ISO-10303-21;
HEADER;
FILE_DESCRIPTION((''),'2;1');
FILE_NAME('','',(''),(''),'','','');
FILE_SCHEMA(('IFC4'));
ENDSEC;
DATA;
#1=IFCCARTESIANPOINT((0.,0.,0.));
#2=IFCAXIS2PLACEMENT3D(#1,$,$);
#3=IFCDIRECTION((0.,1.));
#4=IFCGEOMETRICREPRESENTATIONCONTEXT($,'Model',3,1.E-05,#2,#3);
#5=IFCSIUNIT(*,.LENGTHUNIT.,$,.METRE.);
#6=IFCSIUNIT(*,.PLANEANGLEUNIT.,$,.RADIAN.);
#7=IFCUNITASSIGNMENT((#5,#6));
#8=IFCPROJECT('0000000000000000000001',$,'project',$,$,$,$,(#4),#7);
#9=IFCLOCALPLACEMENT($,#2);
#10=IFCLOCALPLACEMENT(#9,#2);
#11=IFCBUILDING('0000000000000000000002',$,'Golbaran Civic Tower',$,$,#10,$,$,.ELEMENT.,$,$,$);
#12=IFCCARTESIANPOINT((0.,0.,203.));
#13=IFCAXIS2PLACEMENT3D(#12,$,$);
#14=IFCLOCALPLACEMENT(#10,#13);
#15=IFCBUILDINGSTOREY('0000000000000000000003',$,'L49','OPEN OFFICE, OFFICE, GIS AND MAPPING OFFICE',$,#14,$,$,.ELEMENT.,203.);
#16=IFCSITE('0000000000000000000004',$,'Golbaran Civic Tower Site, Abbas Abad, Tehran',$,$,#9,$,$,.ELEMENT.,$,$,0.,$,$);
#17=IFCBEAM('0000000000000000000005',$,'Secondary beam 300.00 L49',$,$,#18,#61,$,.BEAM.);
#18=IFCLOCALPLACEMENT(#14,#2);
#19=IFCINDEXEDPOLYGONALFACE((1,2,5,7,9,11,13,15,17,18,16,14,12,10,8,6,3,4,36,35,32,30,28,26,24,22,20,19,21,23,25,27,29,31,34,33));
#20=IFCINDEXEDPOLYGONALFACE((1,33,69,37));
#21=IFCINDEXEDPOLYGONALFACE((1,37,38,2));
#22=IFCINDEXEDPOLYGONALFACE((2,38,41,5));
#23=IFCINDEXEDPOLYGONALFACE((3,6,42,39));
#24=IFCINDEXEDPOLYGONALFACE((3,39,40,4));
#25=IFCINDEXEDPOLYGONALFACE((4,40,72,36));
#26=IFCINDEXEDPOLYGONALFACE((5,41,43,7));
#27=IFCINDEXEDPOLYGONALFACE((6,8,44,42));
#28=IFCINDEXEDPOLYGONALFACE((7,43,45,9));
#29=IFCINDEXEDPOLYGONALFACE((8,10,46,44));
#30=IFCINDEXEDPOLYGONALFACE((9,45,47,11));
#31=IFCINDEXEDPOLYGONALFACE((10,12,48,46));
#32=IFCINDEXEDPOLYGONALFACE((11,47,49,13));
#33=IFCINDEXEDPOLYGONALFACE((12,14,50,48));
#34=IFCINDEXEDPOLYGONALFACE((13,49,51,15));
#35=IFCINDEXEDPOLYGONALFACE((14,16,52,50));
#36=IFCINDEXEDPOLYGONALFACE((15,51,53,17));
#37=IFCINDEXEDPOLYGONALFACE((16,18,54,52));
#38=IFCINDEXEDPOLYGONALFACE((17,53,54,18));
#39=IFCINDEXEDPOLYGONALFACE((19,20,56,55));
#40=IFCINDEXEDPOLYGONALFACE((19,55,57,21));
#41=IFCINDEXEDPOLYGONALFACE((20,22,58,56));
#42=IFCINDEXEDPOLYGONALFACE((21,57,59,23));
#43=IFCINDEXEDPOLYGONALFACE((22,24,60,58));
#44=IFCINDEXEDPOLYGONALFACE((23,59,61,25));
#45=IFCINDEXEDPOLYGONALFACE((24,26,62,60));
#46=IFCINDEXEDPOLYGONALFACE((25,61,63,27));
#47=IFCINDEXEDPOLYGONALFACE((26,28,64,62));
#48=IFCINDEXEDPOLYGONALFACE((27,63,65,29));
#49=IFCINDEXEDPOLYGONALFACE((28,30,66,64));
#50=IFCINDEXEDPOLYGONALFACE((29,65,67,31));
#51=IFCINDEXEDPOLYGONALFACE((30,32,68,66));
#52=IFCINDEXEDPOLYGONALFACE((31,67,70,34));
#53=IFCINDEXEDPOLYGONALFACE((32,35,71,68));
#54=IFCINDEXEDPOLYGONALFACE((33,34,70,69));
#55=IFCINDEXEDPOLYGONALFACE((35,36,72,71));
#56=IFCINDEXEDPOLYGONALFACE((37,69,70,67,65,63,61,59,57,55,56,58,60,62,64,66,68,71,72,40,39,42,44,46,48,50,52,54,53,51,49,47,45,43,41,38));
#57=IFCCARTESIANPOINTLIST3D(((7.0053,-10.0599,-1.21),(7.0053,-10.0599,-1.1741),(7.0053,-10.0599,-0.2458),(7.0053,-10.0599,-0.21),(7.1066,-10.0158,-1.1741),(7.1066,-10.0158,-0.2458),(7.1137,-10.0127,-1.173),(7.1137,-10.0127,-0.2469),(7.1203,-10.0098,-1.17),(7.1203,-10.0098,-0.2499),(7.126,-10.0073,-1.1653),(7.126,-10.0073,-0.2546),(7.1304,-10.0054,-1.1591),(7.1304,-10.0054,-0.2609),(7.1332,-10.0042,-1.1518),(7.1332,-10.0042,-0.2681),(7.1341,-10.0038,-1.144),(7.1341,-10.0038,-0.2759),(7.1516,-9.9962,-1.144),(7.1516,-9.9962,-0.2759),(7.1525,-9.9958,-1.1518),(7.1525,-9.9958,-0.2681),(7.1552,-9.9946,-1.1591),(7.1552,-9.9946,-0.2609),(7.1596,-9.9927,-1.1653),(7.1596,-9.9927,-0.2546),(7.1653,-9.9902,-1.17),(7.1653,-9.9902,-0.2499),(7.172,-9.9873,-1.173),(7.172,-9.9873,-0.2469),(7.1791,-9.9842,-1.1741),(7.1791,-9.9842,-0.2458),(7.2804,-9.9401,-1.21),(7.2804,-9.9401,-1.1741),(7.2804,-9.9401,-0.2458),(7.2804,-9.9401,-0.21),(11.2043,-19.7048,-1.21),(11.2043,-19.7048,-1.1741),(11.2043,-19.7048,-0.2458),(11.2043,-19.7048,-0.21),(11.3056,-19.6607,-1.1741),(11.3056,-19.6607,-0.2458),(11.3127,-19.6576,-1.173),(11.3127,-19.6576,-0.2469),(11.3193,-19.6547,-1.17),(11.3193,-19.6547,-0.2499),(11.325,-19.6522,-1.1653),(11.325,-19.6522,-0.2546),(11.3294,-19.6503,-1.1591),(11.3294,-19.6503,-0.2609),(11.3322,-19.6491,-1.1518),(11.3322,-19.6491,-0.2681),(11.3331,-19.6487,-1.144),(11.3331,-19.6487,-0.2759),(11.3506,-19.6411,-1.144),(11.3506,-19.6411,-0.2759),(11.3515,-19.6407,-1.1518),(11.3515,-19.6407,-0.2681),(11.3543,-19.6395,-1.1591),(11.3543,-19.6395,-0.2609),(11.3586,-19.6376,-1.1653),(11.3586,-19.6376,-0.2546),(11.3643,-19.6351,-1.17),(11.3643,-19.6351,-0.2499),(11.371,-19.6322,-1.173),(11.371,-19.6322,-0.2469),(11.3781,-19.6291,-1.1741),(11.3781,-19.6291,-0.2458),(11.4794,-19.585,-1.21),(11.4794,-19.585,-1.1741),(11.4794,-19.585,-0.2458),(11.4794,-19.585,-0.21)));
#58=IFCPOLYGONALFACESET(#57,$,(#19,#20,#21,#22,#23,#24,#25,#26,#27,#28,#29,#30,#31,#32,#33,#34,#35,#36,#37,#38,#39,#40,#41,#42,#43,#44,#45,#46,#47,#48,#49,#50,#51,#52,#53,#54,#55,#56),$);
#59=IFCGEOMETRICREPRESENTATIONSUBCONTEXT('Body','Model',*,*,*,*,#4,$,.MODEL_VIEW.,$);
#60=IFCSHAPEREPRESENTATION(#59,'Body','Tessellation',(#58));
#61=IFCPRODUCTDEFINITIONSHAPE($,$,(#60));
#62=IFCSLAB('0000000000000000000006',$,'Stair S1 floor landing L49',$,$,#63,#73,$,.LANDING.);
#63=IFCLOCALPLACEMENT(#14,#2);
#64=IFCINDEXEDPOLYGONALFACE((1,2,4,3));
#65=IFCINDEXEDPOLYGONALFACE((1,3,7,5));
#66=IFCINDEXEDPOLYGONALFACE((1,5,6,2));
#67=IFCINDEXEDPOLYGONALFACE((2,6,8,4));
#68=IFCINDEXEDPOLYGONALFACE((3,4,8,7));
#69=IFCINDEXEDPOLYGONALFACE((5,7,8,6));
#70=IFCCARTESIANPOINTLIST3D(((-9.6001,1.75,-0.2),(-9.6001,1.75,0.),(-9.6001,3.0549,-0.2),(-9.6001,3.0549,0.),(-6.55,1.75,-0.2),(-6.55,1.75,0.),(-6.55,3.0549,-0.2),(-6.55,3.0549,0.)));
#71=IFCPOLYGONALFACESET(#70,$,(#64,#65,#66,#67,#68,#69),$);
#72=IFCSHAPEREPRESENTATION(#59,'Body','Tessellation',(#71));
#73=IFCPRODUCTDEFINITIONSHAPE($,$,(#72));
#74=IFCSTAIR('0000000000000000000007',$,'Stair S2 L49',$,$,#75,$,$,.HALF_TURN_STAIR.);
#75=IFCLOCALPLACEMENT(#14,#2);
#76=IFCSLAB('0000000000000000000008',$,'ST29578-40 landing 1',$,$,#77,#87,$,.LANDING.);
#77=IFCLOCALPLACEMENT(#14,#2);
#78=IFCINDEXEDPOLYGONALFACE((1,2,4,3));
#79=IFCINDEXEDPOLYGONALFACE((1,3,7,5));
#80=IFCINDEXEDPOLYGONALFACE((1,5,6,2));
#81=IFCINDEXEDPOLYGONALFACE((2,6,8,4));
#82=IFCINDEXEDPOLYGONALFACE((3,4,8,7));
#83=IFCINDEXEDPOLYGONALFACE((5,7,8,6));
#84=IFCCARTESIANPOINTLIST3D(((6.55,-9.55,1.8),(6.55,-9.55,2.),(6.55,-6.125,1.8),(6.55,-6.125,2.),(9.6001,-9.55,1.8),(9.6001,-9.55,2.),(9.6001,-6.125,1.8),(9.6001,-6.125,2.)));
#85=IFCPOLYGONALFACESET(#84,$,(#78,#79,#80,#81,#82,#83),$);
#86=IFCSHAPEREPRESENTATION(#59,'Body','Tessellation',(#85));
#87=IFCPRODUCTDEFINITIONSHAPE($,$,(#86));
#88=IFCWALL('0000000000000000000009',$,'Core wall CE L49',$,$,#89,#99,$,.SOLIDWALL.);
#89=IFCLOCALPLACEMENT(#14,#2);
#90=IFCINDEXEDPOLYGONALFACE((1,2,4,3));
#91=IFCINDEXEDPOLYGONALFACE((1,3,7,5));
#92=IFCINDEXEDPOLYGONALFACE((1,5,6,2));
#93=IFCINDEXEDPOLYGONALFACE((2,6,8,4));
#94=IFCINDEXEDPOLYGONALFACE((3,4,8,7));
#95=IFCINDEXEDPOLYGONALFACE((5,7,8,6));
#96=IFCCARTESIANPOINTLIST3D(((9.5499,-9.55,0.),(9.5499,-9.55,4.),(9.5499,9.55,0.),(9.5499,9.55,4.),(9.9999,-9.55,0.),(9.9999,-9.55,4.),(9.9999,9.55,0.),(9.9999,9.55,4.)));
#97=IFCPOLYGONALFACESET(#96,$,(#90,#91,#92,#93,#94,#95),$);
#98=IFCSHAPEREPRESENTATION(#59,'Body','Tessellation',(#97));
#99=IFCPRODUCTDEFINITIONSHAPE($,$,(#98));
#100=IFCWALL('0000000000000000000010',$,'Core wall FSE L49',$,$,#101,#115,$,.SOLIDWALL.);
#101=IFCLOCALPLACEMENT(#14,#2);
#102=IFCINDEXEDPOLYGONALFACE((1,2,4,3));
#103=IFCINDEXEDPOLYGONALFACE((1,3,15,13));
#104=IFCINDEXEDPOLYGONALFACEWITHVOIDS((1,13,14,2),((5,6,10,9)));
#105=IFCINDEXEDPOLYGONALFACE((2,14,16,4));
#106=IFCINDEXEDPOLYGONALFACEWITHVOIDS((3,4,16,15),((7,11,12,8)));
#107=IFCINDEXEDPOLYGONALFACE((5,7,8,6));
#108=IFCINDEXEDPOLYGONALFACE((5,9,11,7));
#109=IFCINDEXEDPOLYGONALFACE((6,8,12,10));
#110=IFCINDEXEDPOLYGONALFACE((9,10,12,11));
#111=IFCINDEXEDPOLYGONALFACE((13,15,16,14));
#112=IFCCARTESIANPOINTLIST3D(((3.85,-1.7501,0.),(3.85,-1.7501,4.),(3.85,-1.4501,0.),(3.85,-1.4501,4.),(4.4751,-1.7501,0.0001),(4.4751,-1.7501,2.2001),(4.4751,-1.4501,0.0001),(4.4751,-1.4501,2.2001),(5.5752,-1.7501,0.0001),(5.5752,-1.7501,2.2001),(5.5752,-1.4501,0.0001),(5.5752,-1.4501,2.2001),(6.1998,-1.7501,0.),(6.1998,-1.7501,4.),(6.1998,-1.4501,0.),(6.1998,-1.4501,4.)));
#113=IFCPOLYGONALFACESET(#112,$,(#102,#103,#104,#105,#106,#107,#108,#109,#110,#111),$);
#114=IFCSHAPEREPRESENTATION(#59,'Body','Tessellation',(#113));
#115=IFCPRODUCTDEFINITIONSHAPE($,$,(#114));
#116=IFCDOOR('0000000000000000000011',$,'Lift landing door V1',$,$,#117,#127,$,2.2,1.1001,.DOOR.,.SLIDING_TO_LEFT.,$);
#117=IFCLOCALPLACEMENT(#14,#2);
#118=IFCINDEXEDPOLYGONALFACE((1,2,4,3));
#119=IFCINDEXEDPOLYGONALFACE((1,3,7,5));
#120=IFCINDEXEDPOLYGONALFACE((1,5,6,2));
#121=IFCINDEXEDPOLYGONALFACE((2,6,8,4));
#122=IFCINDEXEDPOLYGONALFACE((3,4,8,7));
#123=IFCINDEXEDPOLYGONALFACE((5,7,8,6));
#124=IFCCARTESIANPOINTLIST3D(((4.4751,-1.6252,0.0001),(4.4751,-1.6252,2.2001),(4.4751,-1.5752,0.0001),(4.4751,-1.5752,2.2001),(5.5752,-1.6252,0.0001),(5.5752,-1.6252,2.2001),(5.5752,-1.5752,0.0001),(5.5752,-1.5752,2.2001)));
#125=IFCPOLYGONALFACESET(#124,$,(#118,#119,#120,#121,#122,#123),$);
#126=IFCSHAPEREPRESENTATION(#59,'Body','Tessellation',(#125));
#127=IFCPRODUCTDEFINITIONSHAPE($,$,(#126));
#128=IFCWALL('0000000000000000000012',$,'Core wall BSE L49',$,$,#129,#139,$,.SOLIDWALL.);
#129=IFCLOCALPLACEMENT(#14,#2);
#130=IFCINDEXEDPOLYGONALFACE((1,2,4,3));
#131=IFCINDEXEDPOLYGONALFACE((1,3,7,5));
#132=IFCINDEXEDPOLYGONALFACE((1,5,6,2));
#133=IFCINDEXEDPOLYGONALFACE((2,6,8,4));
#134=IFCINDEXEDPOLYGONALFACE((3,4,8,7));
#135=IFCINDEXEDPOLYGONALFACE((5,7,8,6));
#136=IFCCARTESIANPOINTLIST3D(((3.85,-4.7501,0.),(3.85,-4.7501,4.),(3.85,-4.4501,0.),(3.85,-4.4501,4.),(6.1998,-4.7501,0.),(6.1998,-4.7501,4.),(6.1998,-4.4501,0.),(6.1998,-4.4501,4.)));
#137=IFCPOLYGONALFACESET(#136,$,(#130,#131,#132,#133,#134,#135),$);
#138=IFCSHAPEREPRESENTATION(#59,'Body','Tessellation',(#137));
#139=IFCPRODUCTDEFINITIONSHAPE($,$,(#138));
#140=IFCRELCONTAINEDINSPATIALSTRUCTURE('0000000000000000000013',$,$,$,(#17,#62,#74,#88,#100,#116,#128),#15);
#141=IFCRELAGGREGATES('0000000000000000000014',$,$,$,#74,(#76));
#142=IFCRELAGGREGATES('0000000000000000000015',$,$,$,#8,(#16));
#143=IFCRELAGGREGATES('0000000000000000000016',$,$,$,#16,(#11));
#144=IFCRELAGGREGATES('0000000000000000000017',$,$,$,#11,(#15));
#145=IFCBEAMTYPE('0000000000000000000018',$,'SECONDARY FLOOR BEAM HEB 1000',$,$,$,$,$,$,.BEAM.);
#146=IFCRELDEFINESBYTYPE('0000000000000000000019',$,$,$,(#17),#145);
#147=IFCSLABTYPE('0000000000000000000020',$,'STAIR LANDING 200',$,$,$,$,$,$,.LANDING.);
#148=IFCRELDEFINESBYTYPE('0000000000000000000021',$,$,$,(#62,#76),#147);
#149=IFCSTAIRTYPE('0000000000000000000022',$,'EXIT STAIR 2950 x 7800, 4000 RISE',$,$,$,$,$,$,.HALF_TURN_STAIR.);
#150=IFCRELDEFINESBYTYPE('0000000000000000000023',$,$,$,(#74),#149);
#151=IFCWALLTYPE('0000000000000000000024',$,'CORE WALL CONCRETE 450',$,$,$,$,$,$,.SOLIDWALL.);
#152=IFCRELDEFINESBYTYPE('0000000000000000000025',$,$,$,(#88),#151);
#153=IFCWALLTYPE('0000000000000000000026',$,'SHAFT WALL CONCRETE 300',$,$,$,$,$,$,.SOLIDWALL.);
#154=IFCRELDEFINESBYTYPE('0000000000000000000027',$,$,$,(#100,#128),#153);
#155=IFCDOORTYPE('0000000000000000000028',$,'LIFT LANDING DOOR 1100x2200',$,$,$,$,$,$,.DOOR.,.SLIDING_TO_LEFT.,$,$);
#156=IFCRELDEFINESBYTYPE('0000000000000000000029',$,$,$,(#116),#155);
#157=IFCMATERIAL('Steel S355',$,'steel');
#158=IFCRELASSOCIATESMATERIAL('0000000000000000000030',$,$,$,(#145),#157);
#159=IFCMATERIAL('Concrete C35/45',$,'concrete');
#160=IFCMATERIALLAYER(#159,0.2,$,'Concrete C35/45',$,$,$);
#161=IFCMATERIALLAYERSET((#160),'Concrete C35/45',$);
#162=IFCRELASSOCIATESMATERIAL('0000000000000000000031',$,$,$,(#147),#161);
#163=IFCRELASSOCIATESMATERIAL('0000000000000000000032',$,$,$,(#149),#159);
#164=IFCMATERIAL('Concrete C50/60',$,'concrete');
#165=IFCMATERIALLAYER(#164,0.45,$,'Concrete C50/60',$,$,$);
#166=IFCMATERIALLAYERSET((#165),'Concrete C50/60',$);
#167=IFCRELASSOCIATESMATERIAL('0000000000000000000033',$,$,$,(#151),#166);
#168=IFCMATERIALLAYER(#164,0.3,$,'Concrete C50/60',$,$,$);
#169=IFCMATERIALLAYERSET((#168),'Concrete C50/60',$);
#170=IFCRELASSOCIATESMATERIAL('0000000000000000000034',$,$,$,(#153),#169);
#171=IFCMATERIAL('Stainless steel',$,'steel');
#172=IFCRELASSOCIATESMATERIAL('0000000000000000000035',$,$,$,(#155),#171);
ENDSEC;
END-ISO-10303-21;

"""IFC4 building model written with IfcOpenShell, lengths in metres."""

from ifc_helpers import new_model, si_unit, direction, frame, frame_2d, origin, origin_2d, place, context, subcontext, project, spatial, polyline, rectangle, i_section, outline, extrude, material, layer, layer_set, material_profile, profile_set, type_object, element, fill, aggregate, save


model = new_model("IFC4")

# Units and contexts
model_context = context("Model", 3, precision=1e-05, world=origin(), true_north=direction((0.0, 1.0)))
body_context = subcontext(model_context, "Body", "Model", "MODEL_VIEW")
ifc_project = project(units=[si_unit("LENGTHUNIT", "METRE"), si_unit("PLANEANGLEUNIT", "RADIAN")], contexts=[model_context])

# Site, building, storey
site_placement = place(None, origin())
site = spatial("IfcSite", under=ifc_project, at=site_placement, Name="Golbaran Civic Tower Site, Abbas Abad, Tehran", CompositionType="ELEMENT", RefElevation=0.0)
building_placement = place(site_placement, origin())
building = spatial("IfcBuilding", under=site, at=building_placement, Name="Golbaran Civic Tower", CompositionType="ELEMENT")
storey_placement = place(building_placement, frame((0.0, 0.0, 203.0)))
storey = spatial("IfcBuildingStorey", under=building, at=storey_placement, Name="L49", Description="OPEN OFFICE, OFFICE, GIS AND MAPPING OFFICE", CompositionType="ELEMENT", Elevation=203.0)

# Beam
ifc_material_1 = material(Name="Steel S355", Category="steel")
ifc_material_profile_1 = material_profile(ifc_material_1, i_section(OverallWidth=0.3, OverallDepth=1.0, WebThickness=0.019, FlangeThickness=0.0359, FilletRadius=0.03, at=origin_2d()), Name="HEB 1000")
ifc_profile_set_1 = profile_set([ifc_material_profile_1], Name="Steel S355")
beam_type_1 = type_object("IfcBeamType", Name="SECONDARY FLOOR BEAM HEB 1000", PredefinedType="BEAM", material=ifc_profile_set_1)
beam_1_placement = place(storey_placement, frame((7.1428, -10.0, -0.71), z_axis=(0.399173, -0.916875, 0.0), x_axis=(0.916875, 0.399173, 0.0)))
element("IfcBeam", 1, at=beam_1_placement, inside=storey, type_object=beam_type_1, Name="Secondary beam 300.00 L49", PredefinedType="BEAM", context=body_context, shape_type="SweptSolid", body=[
    extrude(i_section(OverallWidth=0.3, OverallDepth=1.0, WebThickness=0.019, FlangeThickness=0.0359, FilletRadius=0.03, at=origin_2d()), origin(), (0.0, 0.0, 1.0), 10.5193),
])

# Slab
ifc_material_2 = material(Name="Concrete C35/45", Category="concrete")
ifc_layer_1 = layer(ifc_material_2, 0.2, Name="Concrete C35/45")
ifc_layer_set_1 = layer_set([ifc_layer_1], Name="Concrete C35/45")
slab_type = type_object("IfcSlabType", Name="STAIR LANDING 200", PredefinedType="LANDING", material=ifc_layer_set_1)
slab_1_placement = place(storey_placement, frame((0.0, 0.0, -0.2)))
element("IfcSlab", 2, at=slab_1_placement, inside=storey, type_object=slab_type, Name="Stair S1 floor landing L49", PredefinedType="LANDING", context=body_context, shape_type="SweptSolid", body=[
    extrude(outline(polyline([(-9.6001, 1.75), (-9.6001, 3.0549), (-6.55, 3.0549), (-6.55, 1.75), (-9.6001, 1.75)])), origin(), (0.0, 0.0, 1.0), 0.2),
])

# Stair, slab
stair_type = type_object("IfcStairType", Name="EXIT STAIR 2950 x 7800, 4000 RISE", PredefinedType="HALF_TURN_STAIR", material=ifc_material_2)
stair_placement = place(storey_placement, origin())
stair = element("IfcStair", 3, at=stair_placement, inside=storey, type_object=stair_type, Name="Stair S2 L49", PredefinedType="HALF_TURN_STAIR")
slab_2_placement = place(storey_placement, frame((0.0, 0.0, 1.8)))
slab_2 = element("IfcSlab", 4, at=slab_2_placement, type_object=slab_type, Name="ST29578-40 landing 1", PredefinedType="LANDING", context=body_context, shape_type="SweptSolid", body=[
    extrude(outline(polyline([(9.6001, -6.125), (9.6001, -9.55), (6.55, -9.55), (6.55, -6.125), (9.6001, -6.125)])), origin(), (0.0, 0.0, 1.0), 0.2),
])

# Wall
ifc_material_3 = material(Name="Concrete C50/60", Category="concrete")
ifc_layer_2 = layer(ifc_material_3, 0.45, Name="Concrete C50/60")
ifc_layer_set_2 = layer_set([ifc_layer_2], Name="Concrete C50/60")
wall_type_1 = type_object("IfcWallType", Name="CORE WALL CONCRETE 450", PredefinedType="SOLIDWALL", material=ifc_layer_set_2)
wall_1_placement = place(storey_placement, frame((9.7749, -9.55, 0.0), z_axis=(0.0, 0.0, 1.0), x_axis=(0.0, 1.0, 0.0)))
element("IfcWall", 5, at=wall_1_placement, inside=storey, type_object=wall_type_1, Name="Core wall CE L49", PredefinedType="SOLIDWALL", context=body_context, shape_type="SweptSolid", body=[
    extrude(rectangle(XDim=19.1001, YDim=0.45, at=frame_2d((9.55, 0.0))), origin(), (0.0, 0.0, 1.0), 4.0),
])

# Wall, opening, door
ifc_layer_3 = layer(ifc_material_3, 0.3, Name="Concrete C50/60")
ifc_layer_set_3 = layer_set([ifc_layer_3], Name="Concrete C50/60")
wall_type_2 = type_object("IfcWallType", Name="SHAFT WALL CONCRETE 300", PredefinedType="SOLIDWALL", material=ifc_layer_set_3)
wall_2_placement = place(storey_placement, frame((3.8501, -1.6001, 0.0), z_axis=(0.0, 0.0, 1.0), x_axis=(1.0, 0.0, 0.0)))
wall_2 = element("IfcWall", 6, at=wall_2_placement, inside=storey, type_object=wall_type_2, Name="Core wall FSE L49", PredefinedType="SOLIDWALL", context=body_context, shape_type="SweptSolid", body=[
    extrude(rectangle(XDim=2.3499, YDim=0.3, at=frame_2d((1.1748, 0.0))), origin(), (0.0, 0.0, 1.0), 4.0),
])
opening_1_placement = place(wall_2_placement, frame((0.625, 0.0, 0.0)))
opening_1 = element("IfcOpeningElement", 7, at=opening_1_placement, cuts=wall_2, PredefinedType="OPENING", context=body_context, shape_type="SweptSolid", body=[
    extrude(rectangle(XDim=1.1001, YDim=2.2, at=frame_2d((0.55, 1.1001))), frame((0.0, 0.1599, 0.0), z_axis=(0.0, -1.0, 0.0), x_axis=(1.0, 0.0, 0.0)), (0.0, 0.0, 1.0), 0.3201),
])
ifc_material_4 = material(Name="Stainless steel", Category="steel")
door_type_1 = type_object("IfcDoorType", Name="LIFT LANDING DOOR 1100x2200", OperationType="SLIDING_TO_LEFT", PredefinedType="DOOR", material=ifc_material_4)
door_1_placement = place(opening_1_placement, origin())
door_1 = element("IfcDoor", 8, at=door_1_placement, inside=storey, type_object=door_type_1, Name="Lift landing door V1", OperationType="SLIDING_TO_LEFT", OverallHeight=2.2, OverallWidth=1.1001, PredefinedType="DOOR", context=body_context, shape_type="SweptSolid", body=[
    extrude(rectangle(XDim=1.1001, YDim=2.2, at=frame_2d((0.55, 1.1001))), frame((0.0, 0.0249, 0.0), z_axis=(0.0, -1.0, 0.0), x_axis=(1.0, 0.0, 0.0)), (0.0, 0.0, 1.0), 0.05),
])
fill(opening_1, door_1)

# Wall
wall_3_placement = place(storey_placement, frame((3.8501, -4.6001, 0.0), z_axis=(0.0, 0.0, 1.0), x_axis=(1.0, 0.0, 0.0)))
element("IfcWall", 9, at=wall_3_placement, inside=storey, type_object=wall_type_2, Name="Core wall BSE L49", PredefinedType="SOLIDWALL", context=body_context, shape_type="SweptSolid", body=[
    extrude(rectangle(XDim=2.3499, YDim=0.3, at=frame_2d((1.1748, 0.0))), origin(), (0.0, 0.0, 1.0), 4.0),
])

aggregate(stair, [slab_2])

save(model, "model.ifc")
